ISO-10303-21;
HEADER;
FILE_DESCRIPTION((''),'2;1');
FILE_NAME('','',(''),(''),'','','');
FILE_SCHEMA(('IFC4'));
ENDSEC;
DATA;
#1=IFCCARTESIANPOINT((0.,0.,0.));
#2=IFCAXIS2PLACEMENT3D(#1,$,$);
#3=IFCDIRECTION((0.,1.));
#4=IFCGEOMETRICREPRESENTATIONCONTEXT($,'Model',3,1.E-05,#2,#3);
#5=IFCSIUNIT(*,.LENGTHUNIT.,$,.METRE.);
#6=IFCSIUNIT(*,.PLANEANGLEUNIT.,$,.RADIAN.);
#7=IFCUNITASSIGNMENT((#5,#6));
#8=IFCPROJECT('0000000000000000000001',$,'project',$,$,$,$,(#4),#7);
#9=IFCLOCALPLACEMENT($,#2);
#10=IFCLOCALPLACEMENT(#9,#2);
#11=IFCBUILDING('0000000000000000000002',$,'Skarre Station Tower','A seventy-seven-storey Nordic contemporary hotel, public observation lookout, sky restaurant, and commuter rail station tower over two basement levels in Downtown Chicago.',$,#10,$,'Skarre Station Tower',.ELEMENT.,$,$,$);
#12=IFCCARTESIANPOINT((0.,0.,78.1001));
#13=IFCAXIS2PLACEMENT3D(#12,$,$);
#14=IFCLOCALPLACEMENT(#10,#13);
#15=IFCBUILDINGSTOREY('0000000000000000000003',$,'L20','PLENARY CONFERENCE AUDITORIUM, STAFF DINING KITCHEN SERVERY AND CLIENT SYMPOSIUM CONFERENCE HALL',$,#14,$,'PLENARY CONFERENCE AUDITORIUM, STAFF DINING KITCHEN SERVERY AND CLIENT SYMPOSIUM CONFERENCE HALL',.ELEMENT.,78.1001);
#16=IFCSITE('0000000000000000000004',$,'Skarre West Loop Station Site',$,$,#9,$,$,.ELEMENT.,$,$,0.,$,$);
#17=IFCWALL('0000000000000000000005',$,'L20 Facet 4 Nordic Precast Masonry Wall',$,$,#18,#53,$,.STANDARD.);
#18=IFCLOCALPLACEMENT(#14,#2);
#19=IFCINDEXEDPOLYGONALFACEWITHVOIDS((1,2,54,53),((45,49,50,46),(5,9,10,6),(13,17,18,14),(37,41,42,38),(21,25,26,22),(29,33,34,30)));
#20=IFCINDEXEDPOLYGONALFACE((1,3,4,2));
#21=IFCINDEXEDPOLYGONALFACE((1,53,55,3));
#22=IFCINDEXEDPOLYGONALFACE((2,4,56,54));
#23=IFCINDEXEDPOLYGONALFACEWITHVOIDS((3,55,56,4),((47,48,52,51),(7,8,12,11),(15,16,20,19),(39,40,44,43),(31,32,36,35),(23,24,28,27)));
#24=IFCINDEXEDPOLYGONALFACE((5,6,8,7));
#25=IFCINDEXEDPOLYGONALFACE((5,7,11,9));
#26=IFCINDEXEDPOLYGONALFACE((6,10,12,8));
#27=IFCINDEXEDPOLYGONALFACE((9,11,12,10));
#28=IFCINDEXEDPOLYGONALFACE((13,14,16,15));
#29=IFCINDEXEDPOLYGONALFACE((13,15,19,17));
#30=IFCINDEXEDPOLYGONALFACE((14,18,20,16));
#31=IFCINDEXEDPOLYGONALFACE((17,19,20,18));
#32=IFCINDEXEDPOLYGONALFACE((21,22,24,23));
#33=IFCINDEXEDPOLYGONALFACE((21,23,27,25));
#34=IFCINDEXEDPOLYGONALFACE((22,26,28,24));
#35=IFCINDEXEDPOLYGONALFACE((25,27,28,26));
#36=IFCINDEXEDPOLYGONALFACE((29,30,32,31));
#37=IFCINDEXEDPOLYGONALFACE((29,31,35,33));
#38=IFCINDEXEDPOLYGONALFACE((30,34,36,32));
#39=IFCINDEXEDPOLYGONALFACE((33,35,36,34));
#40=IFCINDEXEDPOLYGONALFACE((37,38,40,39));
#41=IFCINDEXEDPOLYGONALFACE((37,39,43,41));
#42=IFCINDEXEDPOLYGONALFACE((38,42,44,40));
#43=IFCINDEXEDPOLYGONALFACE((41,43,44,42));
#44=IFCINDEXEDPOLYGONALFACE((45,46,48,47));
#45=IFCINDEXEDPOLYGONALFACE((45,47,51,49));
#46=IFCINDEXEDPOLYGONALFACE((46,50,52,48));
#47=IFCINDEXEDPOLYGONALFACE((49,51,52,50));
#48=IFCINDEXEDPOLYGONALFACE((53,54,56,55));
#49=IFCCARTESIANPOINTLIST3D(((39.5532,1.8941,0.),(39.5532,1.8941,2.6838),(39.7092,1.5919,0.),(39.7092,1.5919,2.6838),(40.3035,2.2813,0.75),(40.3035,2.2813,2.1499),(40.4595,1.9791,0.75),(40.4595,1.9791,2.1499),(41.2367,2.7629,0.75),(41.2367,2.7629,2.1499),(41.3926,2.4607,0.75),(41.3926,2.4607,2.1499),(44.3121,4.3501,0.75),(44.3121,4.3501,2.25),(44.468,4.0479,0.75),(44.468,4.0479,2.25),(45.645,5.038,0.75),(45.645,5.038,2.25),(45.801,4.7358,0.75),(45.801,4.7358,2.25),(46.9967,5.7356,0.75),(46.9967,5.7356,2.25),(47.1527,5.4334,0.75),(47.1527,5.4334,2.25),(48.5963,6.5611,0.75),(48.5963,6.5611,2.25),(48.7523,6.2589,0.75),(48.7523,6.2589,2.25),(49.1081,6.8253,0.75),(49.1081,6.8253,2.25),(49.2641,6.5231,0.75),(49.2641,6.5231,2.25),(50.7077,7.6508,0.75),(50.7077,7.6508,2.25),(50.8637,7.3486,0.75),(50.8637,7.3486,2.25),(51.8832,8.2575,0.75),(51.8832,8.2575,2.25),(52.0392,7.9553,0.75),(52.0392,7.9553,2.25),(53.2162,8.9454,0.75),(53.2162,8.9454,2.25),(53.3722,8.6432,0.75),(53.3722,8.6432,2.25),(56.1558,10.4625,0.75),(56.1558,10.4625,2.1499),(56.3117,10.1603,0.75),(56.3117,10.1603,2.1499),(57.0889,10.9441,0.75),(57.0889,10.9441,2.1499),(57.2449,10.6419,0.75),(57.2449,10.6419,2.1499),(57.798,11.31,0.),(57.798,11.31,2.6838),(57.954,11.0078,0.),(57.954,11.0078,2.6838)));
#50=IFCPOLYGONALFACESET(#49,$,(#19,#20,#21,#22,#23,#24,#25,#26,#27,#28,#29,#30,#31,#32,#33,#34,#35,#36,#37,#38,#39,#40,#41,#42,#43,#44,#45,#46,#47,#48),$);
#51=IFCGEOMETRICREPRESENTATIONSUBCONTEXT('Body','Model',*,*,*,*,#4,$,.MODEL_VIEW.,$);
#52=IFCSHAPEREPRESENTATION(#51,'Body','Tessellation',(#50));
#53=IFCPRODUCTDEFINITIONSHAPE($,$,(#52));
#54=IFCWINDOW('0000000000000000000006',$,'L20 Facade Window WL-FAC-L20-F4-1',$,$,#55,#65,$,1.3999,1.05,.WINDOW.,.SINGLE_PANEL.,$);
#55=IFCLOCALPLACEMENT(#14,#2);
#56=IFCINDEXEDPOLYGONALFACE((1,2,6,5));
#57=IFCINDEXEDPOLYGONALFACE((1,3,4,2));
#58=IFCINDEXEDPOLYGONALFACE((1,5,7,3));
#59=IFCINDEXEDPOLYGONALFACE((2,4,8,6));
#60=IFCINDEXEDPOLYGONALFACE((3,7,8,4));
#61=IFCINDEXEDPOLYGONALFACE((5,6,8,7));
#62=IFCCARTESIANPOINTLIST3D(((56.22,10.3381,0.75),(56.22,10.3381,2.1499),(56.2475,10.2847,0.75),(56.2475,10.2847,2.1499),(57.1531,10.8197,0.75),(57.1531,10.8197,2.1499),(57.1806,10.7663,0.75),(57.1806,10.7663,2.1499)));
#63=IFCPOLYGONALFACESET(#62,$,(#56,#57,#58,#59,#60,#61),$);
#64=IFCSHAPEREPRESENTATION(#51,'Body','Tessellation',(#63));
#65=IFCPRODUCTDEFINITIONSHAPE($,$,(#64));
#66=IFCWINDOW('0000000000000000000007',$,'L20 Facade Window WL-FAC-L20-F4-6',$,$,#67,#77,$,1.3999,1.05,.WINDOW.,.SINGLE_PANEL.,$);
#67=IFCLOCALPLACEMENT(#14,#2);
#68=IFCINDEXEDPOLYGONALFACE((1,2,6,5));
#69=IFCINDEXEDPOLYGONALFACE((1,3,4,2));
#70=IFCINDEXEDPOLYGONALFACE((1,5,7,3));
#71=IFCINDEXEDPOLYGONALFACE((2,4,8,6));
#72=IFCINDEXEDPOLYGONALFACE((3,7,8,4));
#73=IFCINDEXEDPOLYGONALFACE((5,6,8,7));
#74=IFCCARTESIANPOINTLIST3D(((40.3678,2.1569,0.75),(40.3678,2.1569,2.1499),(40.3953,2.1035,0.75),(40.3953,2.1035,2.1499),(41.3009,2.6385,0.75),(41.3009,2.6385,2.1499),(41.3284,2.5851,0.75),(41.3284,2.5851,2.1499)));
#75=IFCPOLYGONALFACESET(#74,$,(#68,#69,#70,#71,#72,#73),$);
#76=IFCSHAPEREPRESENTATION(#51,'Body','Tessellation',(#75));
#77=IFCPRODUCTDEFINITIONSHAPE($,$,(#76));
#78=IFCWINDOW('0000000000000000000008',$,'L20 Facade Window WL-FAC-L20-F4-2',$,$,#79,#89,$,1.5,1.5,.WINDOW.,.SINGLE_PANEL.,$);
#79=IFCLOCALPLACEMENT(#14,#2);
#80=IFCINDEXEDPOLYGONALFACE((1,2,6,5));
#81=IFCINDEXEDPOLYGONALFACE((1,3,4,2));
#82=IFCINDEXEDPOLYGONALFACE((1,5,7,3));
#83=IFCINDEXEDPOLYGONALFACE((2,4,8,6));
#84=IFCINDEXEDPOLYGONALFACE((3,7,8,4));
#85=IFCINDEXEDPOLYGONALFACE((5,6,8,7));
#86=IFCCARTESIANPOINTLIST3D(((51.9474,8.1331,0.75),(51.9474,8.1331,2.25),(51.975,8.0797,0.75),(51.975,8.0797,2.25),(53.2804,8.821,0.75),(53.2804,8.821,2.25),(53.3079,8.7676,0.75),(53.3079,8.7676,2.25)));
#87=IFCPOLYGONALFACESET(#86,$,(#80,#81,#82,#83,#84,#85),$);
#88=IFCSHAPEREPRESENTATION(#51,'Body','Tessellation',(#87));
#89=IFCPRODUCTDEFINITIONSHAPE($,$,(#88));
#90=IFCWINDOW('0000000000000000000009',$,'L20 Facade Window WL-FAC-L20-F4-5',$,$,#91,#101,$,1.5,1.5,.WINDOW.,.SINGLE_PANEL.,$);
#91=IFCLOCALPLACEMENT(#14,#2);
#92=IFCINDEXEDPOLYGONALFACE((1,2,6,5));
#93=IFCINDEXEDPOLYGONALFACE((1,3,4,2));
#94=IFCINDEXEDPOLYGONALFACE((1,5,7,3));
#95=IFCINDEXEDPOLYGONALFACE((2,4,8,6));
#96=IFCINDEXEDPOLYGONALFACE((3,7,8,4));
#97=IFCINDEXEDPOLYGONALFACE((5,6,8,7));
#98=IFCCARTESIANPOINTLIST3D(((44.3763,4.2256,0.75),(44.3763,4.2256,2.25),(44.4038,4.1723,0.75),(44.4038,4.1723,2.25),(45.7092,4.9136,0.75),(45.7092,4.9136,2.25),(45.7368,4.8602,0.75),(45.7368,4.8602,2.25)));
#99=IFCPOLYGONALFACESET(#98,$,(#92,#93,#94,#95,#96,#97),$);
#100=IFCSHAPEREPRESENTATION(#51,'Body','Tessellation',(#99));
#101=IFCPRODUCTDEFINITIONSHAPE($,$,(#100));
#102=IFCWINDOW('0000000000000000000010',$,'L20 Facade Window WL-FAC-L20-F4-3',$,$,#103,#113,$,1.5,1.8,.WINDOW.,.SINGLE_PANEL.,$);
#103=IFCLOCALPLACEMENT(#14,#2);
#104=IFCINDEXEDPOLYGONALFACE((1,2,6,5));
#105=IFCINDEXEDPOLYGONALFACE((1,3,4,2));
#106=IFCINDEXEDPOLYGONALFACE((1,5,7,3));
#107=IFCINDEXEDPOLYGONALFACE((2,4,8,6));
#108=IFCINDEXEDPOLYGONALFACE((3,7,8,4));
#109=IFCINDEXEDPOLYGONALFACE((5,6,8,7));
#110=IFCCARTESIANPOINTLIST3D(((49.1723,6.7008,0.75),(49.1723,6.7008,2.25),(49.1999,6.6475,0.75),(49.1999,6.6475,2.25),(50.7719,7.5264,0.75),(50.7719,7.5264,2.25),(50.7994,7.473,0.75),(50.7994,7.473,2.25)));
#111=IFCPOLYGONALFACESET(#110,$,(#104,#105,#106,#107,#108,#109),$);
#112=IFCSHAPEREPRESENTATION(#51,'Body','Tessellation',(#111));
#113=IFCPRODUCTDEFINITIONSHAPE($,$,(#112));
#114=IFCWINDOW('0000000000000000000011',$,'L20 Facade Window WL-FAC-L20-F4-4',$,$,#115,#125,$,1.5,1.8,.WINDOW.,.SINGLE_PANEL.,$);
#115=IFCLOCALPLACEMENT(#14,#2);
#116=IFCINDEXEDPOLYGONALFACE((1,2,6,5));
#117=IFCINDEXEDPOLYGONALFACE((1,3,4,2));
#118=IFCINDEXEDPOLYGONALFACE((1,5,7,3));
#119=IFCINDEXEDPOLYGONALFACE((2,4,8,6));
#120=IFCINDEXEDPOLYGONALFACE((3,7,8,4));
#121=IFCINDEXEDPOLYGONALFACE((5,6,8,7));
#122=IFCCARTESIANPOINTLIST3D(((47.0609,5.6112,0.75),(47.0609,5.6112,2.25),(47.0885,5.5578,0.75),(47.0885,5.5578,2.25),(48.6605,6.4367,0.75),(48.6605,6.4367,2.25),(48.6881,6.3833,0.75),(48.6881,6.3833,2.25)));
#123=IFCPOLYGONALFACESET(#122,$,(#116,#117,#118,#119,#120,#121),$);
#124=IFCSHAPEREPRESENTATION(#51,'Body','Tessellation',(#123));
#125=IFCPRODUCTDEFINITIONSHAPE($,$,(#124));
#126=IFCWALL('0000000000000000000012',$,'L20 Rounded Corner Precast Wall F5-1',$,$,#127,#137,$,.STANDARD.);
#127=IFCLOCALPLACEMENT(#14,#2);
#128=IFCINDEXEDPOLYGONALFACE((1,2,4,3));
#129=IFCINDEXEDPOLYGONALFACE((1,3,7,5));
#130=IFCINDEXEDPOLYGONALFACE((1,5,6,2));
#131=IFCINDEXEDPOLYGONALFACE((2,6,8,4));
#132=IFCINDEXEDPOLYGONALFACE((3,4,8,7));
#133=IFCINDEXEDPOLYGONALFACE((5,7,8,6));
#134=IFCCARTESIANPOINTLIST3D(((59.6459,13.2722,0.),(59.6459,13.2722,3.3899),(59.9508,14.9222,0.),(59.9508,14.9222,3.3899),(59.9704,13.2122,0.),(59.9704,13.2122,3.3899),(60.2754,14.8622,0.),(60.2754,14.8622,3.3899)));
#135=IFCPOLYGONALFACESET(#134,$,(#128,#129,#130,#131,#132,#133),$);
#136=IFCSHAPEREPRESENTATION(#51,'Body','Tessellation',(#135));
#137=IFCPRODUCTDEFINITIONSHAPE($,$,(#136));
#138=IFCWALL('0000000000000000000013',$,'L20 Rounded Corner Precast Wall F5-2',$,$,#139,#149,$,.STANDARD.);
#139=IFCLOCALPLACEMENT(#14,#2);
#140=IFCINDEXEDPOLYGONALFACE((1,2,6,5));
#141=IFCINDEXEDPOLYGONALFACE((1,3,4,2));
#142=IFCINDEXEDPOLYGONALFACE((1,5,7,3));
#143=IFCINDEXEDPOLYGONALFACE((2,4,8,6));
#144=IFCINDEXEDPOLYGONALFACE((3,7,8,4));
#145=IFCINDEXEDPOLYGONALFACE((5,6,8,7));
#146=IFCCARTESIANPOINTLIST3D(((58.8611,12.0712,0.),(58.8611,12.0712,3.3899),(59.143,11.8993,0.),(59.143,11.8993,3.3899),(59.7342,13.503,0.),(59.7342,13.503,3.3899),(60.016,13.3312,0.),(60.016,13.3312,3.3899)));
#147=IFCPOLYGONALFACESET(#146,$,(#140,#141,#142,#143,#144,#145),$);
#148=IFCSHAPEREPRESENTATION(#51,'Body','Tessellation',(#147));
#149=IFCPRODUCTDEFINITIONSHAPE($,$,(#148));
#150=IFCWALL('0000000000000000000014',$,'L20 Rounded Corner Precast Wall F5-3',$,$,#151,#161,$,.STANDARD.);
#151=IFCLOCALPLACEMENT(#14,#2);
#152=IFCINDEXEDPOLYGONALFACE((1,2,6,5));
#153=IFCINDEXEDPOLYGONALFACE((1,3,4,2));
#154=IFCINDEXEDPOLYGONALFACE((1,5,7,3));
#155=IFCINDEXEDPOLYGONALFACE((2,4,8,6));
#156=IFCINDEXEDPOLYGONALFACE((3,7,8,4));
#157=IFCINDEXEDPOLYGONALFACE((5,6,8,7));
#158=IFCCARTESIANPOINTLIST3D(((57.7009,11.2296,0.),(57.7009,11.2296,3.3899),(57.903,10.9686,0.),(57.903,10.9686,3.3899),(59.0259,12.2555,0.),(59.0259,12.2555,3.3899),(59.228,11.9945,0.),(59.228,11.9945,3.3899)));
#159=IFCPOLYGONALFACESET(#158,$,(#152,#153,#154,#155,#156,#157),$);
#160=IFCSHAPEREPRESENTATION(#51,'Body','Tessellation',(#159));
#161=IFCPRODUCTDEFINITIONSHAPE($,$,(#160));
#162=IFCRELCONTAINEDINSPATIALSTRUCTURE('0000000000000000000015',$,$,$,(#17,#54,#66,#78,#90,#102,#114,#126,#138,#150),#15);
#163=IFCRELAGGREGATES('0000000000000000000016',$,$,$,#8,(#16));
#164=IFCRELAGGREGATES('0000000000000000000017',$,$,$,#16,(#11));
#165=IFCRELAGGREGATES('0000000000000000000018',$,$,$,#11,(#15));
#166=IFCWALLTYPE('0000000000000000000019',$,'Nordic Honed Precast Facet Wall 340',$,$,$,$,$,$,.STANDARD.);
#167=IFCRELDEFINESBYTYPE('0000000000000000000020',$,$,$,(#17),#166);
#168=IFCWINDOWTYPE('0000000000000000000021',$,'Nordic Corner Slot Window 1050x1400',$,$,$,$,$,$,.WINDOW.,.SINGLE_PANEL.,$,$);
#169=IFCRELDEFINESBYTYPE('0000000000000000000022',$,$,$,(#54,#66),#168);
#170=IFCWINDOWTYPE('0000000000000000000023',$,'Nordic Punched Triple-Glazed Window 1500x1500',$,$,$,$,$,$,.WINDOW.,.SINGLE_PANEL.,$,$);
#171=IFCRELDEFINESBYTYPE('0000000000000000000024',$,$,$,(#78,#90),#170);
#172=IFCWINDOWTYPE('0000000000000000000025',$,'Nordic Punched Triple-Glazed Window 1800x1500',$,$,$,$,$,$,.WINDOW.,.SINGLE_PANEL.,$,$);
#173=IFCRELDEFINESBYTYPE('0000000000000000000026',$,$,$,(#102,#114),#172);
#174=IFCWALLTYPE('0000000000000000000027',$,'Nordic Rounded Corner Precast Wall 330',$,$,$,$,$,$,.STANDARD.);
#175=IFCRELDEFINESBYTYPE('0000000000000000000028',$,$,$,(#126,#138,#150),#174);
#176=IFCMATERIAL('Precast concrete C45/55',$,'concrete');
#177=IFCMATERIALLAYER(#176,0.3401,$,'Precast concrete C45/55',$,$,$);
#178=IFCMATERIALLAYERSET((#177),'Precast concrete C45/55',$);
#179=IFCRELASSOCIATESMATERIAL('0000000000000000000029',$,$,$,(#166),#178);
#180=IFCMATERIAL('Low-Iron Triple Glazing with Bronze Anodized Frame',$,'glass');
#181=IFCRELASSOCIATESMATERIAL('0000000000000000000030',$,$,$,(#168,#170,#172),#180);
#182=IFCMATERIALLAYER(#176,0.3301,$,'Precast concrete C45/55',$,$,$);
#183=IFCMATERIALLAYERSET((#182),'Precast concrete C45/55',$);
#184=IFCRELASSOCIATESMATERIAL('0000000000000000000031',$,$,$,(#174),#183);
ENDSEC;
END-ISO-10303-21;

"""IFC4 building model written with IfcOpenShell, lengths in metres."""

from ifc_helpers import new_model, si_unit, direction, frame, frame_2d, origin, place, context, subcontext, project, spatial, rectangle, extrude, material, layer, layer_set, type_object, element, fill, save


model = new_model("IFC4")

# Units and contexts
model_context = context("Model", 3, precision=1e-05, world=origin(), true_north=direction((0.0, 1.0)))
body_context = subcontext(model_context, "Body", "Model", "MODEL_VIEW")
ifc_project = project(units=[si_unit("LENGTHUNIT", "METRE"), si_unit("PLANEANGLEUNIT", "RADIAN")], contexts=[model_context])

# Site, building, storey
site_placement = place(None, origin())
site = spatial("IfcSite", under=ifc_project, at=site_placement, Name="Skarre West Loop Station Site", CompositionType="ELEMENT", RefElevation=0.0)
building_placement = place(site_placement, origin())
building = spatial("IfcBuilding", under=site, at=building_placement, Name="Skarre Station Tower", Description="A seventy-seven-storey Nordic contemporary hotel, public observation lookout, sky restaurant, and commuter rail station tower over two basement levels in Downtown Chicago.", LongName="Skarre Station Tower", CompositionType="ELEMENT")
storey_placement = place(building_placement, frame((0.0, 0.0, 78.1001)))
storey = spatial("IfcBuildingStorey", under=building, at=storey_placement, Name="L20", Description="PLENARY CONFERENCE AUDITORIUM, STAFF DINING KITCHEN SERVERY AND CLIENT SYMPOSIUM CONFERENCE HALL", LongName="PLENARY CONFERENCE AUDITORIUM, STAFF DINING KITCHEN SERVERY AND CLIENT SYMPOSIUM CONFERENCE HALL", CompositionType="ELEMENT", Elevation=78.1001)

# Wall, openings, windows
ifc_material_1 = material(Name="Precast concrete C45/55", Category="concrete")
ifc_layer_1 = layer(ifc_material_1, 0.3401, Name="Precast concrete C45/55")
ifc_layer_set_1 = layer_set([ifc_layer_1], Name="Precast concrete C45/55")
wall_type_1 = type_object("IfcWallType", Name="Nordic Honed Precast Facet Wall 340", PredefinedType="STANDARD", material=ifc_layer_set_1)
wall_1_placement = place(storey_placement, frame((57.876, 11.1589, 0.0), z_axis=(0.0, 0.0, 1.0), x_axis=(-0.888634, -0.458616, 0.0)))
wall_1 = element("IfcWall", 1, at=wall_1_placement, inside=storey, type_object=wall_type_1, Name="L20 Facet 4 Nordic Precast Masonry Wall", PredefinedType="STANDARD", context=body_context, shape_type="SweptSolid", body=[
    extrude(rectangle(XDim=20.5312, YDim=0.3401, at=frame_2d((10.2656, 0.0))), origin(), (0.0, 0.0, 1.0), 2.6838),
])
opening_1_placement = place(wall_1_placement, frame((0.7981, 0.0, 0.75)))
opening_1 = element("IfcOpeningElement", 2, at=opening_1_placement, cuts=wall_1, PredefinedType="OPENING", context=body_context, shape_type="SweptSolid", body=[
    extrude(rectangle(XDim=1.05, YDim=1.3999, at=frame_2d((0.5249, 0.7))), frame((0.0, 0.1799, 0.0), z_axis=(0.0, -1.0, 0.0), x_axis=(1.0, 0.0, 0.0)), (0.0, 0.0, 1.0), 0.3601),
])
opening_2_placement = place(wall_1_placement, frame((5.156, 0.0, 0.75)))
opening_2 = element("IfcOpeningElement", 3, at=opening_2_placement, cuts=wall_1, PredefinedType="OPENING", context=body_context, shape_type="SweptSolid", body=[
    extrude(rectangle(XDim=1.5, YDim=1.5, at=frame_2d((0.75, 0.75))), frame((0.0, 0.1799, 0.0), z_axis=(0.0, -1.0, 0.0), x_axis=(1.0, 0.0, 0.0)), (0.0, 0.0, 1.0), 0.3601),
])
opening_3_placement = place(wall_1_placement, frame((7.979, 0.0, 0.75)))
opening_3 = element("IfcOpeningElement", 4, at=opening_3_placement, cuts=wall_1, PredefinedType="OPENING", context=body_context, shape_type="SweptSolid", body=[
    extrude(rectangle(XDim=1.8, YDim=1.5, at=frame_2d((0.8999, 0.75))), frame((0.0, 0.1799, 0.0), z_axis=(0.0, -1.0, 0.0), x_axis=(1.0, 0.0, 0.0)), (0.0, 0.0, 1.0), 0.3601),
])
opening_4_placement = place(wall_1_placement, frame((10.355, 0.0, 0.75)))
opening_4 = element("IfcOpeningElement", 5, at=opening_4_placement, cuts=wall_1, PredefinedType="OPENING", context=body_context, shape_type="SweptSolid", body=[
    extrude(rectangle(XDim=1.8, YDim=1.5, at=frame_2d((0.8999, 0.75))), frame((0.0, 0.1799, 0.0), z_axis=(0.0, -1.0, 0.0), x_axis=(1.0, 0.0, 0.0)), (0.0, 0.0, 1.0), 0.3601),
])
opening_5_placement = place(wall_1_placement, frame((13.676, 0.0, 0.75)))
opening_5 = element("IfcOpeningElement", 6, at=opening_5_placement, cuts=wall_1, PredefinedType="OPENING", context=body_context, shape_type="SweptSolid", body=[
    extrude(rectangle(XDim=1.5, YDim=1.5, at=frame_2d((0.75, 0.75))), frame((0.0, 0.1799, 0.0), z_axis=(0.0, -1.0, 0.0), x_axis=(1.0, 0.0, 0.0)), (0.0, 0.0, 1.0), 0.3601),
])
opening_6_placement = place(wall_1_placement, frame((18.637, 0.0, 0.75)))
opening_6 = element("IfcOpeningElement", 7, at=opening_6_placement, cuts=wall_1, PredefinedType="OPENING", context=body_context, shape_type="SweptSolid", body=[
    extrude(rectangle(XDim=1.05, YDim=1.3999, at=frame_2d((0.5249, 0.7))), frame((0.0, 0.1799, 0.0), z_axis=(0.0, -1.0, 0.0), x_axis=(1.0, 0.0, 0.0)), (0.0, 0.0, 1.0), 0.3601),
])
ifc_material_2 = material(Name="Low-Iron Triple Glazing with Bronze Anodized Frame", Category="glass")
window_type_1 = type_object("IfcWindowType", Name="Nordic Corner Slot Window 1050x1400", PartitioningType="SINGLE_PANEL", PredefinedType="WINDOW", material=ifc_material_2)
window_1_placement = place(opening_1_placement, origin())
window_1 = element("IfcWindow", 8, at=window_1_placement, inside=storey, type_object=window_type_1, Name="L20 Facade Window WL-FAC-L20-F4-1", OverallHeight=1.3999, OverallWidth=1.05, PartitioningType="SINGLE_PANEL", PredefinedType="WINDOW", context=body_context, shape_type="SweptSolid", body=[
    extrude(rectangle(XDim=1.05, YDim=1.3999, at=frame_2d((0.5249, 0.7))), frame((0.0, 0.03, 0.0), z_axis=(0.0, -1.0, 0.0), x_axis=(1.0, 0.0, 0.0)), (0.0, 0.0, 1.0), 0.0601),
])
fill(opening_1, window_1)
window_2_placement = place(opening_6_placement, origin())
window_2 = element("IfcWindow", 9, at=window_2_placement, inside=storey, type_object=window_type_1, Name="L20 Facade Window WL-FAC-L20-F4-6", OverallHeight=1.3999, OverallWidth=1.05, PartitioningType="SINGLE_PANEL", PredefinedType="WINDOW", context=body_context, shape_type="SweptSolid", body=[
    extrude(rectangle(XDim=1.05, YDim=1.3999, at=frame_2d((0.5249, 0.7))), frame((0.0, 0.03, 0.0), z_axis=(0.0, -1.0, 0.0), x_axis=(1.0, 0.0, 0.0)), (0.0, 0.0, 1.0), 0.0601),
])
fill(opening_6, window_2)
window_type_2 = type_object("IfcWindowType", Name="Nordic Punched Triple-Glazed Window 1500x1500", PartitioningType="SINGLE_PANEL", PredefinedType="WINDOW", material=ifc_material_2)
window_3_placement = place(opening_2_placement, origin())
window_3 = element("IfcWindow", 10, at=window_3_placement, inside=storey, type_object=window_type_2, Name="L20 Facade Window WL-FAC-L20-F4-2", OverallHeight=1.5, OverallWidth=1.5, PartitioningType="SINGLE_PANEL", PredefinedType="WINDOW", context=body_context, shape_type="SweptSolid", body=[
    extrude(rectangle(XDim=1.5, YDim=1.5, at=frame_2d((0.75, 0.75))), frame((0.0, 0.03, 0.0), z_axis=(0.0, -1.0, 0.0), x_axis=(1.0, 0.0, 0.0)), (0.0, 0.0, 1.0), 0.0601),
])
fill(opening_2, window_3)
window_4_placement = place(opening_5_placement, origin())
window_4 = element("IfcWindow", 11, at=window_4_placement, inside=storey, type_object=window_type_2, Name="L20 Facade Window WL-FAC-L20-F4-5", OverallHeight=1.5, OverallWidth=1.5, PartitioningType="SINGLE_PANEL", PredefinedType="WINDOW", context=body_context, shape_type="SweptSolid", body=[
    extrude(rectangle(XDim=1.5, YDim=1.5, at=frame_2d((0.75, 0.75))), frame((0.0, 0.03, 0.0), z_axis=(0.0, -1.0, 0.0), x_axis=(1.0, 0.0, 0.0)), (0.0, 0.0, 1.0), 0.0601),
])
fill(opening_5, window_4)
window_type_3 = type_object("IfcWindowType", Name="Nordic Punched Triple-Glazed Window 1800x1500", PartitioningType="SINGLE_PANEL", PredefinedType="WINDOW", material=ifc_material_2)
window_5_placement = place(opening_3_placement, origin())
window_5 = element("IfcWindow", 12, at=window_5_placement, inside=storey, type_object=window_type_3, Name="L20 Facade Window WL-FAC-L20-F4-3", OverallHeight=1.5, OverallWidth=1.8, PartitioningType="SINGLE_PANEL", PredefinedType="WINDOW", context=body_context, shape_type="SweptSolid", body=[
    extrude(rectangle(XDim=1.8, YDim=1.5, at=frame_2d((0.8999, 0.75))), frame((0.0, 0.03, 0.0), z_axis=(0.0, -1.0, 0.0), x_axis=(1.0, 0.0, 0.0)), (0.0, 0.0, 1.0), 0.0601),
])
fill(opening_3, window_5)
window_6_placement = place(opening_4_placement, origin())
window_6 = element("IfcWindow", 13, at=window_6_placement, inside=storey, type_object=window_type_3, Name="L20 Facade Window WL-FAC-L20-F4-4", OverallHeight=1.5, OverallWidth=1.8, PartitioningType="SINGLE_PANEL", PredefinedType="WINDOW", context=body_context, shape_type="SweptSolid", body=[
    extrude(rectangle(XDim=1.8, YDim=1.5, at=frame_2d((0.8999, 0.75))), frame((0.0, 0.03, 0.0), z_axis=(0.0, -1.0, 0.0), x_axis=(1.0, 0.0, 0.0)), (0.0, 0.0, 1.0), 0.0601),
])
fill(opening_4, window_6)

# Walls
ifc_layer_2 = layer(ifc_material_1, 0.3301, Name="Precast concrete C45/55")
ifc_layer_set_2 = layer_set([ifc_layer_2], Name="Precast concrete C45/55")
wall_type_2 = type_object("IfcWallType", Name="Nordic Rounded Corner Precast Wall 330", PredefinedType="STANDARD", material=ifc_layer_set_2)
wall_2_placement = place(storey_placement, frame((60.113, 14.8921, 0.0), z_axis=(0.0, 0.0, 1.0), x_axis=(-0.181714, -0.983351, 0.0)))
element("IfcWall", 14, at=wall_2_placement, inside=storey, type_object=wall_type_2, Name="L20 Rounded Corner Precast Wall F5-1", PredefinedType="STANDARD", context=body_context, shape_type="SweptSolid", body=[
    extrude(rectangle(XDim=1.678, YDim=0.3301, at=frame_2d((0.8389, 0.0))), origin(), (0.0, 0.0, 1.0), 3.3899),
])
wall_3_placement = place(storey_placement, frame((59.875, 13.417, 0.0), z_axis=(0.0, 0.0, 1.0), x_axis=(-0.520584, -0.85381, 0.0)))
element("IfcWall", 15, at=wall_3_placement, inside=storey, type_object=wall_type_2, Name="L20 Rounded Corner Precast Wall F5-2", PredefinedType="STANDARD", context=body_context, shape_type="SweptSolid", body=[
    extrude(rectangle(XDim=1.677, YDim=0.3301, at=frame_2d((0.8384, 0.0))), origin(), (0.0, 0.0, 1.0), 3.3899),
])
wall_4_placement = place(storey_placement, frame((59.127, 12.125, 0.0), z_axis=(0.0, 0.0, 1.0), x_axis=(-0.790692, -0.612214, 0.0)))
element("IfcWall", 16, at=wall_4_placement, inside=storey, type_object=wall_type_2, Name="L20 Rounded Corner Precast Wall F5-3", PredefinedType="STANDARD", context=body_context, shape_type="SweptSolid", body=[
    extrude(rectangle(XDim=1.6758, YDim=0.3301, at=frame_2d((0.8379, 0.0))), origin(), (0.0, 0.0, 1.0), 3.3899),
])

save(model, "model.ifc")
